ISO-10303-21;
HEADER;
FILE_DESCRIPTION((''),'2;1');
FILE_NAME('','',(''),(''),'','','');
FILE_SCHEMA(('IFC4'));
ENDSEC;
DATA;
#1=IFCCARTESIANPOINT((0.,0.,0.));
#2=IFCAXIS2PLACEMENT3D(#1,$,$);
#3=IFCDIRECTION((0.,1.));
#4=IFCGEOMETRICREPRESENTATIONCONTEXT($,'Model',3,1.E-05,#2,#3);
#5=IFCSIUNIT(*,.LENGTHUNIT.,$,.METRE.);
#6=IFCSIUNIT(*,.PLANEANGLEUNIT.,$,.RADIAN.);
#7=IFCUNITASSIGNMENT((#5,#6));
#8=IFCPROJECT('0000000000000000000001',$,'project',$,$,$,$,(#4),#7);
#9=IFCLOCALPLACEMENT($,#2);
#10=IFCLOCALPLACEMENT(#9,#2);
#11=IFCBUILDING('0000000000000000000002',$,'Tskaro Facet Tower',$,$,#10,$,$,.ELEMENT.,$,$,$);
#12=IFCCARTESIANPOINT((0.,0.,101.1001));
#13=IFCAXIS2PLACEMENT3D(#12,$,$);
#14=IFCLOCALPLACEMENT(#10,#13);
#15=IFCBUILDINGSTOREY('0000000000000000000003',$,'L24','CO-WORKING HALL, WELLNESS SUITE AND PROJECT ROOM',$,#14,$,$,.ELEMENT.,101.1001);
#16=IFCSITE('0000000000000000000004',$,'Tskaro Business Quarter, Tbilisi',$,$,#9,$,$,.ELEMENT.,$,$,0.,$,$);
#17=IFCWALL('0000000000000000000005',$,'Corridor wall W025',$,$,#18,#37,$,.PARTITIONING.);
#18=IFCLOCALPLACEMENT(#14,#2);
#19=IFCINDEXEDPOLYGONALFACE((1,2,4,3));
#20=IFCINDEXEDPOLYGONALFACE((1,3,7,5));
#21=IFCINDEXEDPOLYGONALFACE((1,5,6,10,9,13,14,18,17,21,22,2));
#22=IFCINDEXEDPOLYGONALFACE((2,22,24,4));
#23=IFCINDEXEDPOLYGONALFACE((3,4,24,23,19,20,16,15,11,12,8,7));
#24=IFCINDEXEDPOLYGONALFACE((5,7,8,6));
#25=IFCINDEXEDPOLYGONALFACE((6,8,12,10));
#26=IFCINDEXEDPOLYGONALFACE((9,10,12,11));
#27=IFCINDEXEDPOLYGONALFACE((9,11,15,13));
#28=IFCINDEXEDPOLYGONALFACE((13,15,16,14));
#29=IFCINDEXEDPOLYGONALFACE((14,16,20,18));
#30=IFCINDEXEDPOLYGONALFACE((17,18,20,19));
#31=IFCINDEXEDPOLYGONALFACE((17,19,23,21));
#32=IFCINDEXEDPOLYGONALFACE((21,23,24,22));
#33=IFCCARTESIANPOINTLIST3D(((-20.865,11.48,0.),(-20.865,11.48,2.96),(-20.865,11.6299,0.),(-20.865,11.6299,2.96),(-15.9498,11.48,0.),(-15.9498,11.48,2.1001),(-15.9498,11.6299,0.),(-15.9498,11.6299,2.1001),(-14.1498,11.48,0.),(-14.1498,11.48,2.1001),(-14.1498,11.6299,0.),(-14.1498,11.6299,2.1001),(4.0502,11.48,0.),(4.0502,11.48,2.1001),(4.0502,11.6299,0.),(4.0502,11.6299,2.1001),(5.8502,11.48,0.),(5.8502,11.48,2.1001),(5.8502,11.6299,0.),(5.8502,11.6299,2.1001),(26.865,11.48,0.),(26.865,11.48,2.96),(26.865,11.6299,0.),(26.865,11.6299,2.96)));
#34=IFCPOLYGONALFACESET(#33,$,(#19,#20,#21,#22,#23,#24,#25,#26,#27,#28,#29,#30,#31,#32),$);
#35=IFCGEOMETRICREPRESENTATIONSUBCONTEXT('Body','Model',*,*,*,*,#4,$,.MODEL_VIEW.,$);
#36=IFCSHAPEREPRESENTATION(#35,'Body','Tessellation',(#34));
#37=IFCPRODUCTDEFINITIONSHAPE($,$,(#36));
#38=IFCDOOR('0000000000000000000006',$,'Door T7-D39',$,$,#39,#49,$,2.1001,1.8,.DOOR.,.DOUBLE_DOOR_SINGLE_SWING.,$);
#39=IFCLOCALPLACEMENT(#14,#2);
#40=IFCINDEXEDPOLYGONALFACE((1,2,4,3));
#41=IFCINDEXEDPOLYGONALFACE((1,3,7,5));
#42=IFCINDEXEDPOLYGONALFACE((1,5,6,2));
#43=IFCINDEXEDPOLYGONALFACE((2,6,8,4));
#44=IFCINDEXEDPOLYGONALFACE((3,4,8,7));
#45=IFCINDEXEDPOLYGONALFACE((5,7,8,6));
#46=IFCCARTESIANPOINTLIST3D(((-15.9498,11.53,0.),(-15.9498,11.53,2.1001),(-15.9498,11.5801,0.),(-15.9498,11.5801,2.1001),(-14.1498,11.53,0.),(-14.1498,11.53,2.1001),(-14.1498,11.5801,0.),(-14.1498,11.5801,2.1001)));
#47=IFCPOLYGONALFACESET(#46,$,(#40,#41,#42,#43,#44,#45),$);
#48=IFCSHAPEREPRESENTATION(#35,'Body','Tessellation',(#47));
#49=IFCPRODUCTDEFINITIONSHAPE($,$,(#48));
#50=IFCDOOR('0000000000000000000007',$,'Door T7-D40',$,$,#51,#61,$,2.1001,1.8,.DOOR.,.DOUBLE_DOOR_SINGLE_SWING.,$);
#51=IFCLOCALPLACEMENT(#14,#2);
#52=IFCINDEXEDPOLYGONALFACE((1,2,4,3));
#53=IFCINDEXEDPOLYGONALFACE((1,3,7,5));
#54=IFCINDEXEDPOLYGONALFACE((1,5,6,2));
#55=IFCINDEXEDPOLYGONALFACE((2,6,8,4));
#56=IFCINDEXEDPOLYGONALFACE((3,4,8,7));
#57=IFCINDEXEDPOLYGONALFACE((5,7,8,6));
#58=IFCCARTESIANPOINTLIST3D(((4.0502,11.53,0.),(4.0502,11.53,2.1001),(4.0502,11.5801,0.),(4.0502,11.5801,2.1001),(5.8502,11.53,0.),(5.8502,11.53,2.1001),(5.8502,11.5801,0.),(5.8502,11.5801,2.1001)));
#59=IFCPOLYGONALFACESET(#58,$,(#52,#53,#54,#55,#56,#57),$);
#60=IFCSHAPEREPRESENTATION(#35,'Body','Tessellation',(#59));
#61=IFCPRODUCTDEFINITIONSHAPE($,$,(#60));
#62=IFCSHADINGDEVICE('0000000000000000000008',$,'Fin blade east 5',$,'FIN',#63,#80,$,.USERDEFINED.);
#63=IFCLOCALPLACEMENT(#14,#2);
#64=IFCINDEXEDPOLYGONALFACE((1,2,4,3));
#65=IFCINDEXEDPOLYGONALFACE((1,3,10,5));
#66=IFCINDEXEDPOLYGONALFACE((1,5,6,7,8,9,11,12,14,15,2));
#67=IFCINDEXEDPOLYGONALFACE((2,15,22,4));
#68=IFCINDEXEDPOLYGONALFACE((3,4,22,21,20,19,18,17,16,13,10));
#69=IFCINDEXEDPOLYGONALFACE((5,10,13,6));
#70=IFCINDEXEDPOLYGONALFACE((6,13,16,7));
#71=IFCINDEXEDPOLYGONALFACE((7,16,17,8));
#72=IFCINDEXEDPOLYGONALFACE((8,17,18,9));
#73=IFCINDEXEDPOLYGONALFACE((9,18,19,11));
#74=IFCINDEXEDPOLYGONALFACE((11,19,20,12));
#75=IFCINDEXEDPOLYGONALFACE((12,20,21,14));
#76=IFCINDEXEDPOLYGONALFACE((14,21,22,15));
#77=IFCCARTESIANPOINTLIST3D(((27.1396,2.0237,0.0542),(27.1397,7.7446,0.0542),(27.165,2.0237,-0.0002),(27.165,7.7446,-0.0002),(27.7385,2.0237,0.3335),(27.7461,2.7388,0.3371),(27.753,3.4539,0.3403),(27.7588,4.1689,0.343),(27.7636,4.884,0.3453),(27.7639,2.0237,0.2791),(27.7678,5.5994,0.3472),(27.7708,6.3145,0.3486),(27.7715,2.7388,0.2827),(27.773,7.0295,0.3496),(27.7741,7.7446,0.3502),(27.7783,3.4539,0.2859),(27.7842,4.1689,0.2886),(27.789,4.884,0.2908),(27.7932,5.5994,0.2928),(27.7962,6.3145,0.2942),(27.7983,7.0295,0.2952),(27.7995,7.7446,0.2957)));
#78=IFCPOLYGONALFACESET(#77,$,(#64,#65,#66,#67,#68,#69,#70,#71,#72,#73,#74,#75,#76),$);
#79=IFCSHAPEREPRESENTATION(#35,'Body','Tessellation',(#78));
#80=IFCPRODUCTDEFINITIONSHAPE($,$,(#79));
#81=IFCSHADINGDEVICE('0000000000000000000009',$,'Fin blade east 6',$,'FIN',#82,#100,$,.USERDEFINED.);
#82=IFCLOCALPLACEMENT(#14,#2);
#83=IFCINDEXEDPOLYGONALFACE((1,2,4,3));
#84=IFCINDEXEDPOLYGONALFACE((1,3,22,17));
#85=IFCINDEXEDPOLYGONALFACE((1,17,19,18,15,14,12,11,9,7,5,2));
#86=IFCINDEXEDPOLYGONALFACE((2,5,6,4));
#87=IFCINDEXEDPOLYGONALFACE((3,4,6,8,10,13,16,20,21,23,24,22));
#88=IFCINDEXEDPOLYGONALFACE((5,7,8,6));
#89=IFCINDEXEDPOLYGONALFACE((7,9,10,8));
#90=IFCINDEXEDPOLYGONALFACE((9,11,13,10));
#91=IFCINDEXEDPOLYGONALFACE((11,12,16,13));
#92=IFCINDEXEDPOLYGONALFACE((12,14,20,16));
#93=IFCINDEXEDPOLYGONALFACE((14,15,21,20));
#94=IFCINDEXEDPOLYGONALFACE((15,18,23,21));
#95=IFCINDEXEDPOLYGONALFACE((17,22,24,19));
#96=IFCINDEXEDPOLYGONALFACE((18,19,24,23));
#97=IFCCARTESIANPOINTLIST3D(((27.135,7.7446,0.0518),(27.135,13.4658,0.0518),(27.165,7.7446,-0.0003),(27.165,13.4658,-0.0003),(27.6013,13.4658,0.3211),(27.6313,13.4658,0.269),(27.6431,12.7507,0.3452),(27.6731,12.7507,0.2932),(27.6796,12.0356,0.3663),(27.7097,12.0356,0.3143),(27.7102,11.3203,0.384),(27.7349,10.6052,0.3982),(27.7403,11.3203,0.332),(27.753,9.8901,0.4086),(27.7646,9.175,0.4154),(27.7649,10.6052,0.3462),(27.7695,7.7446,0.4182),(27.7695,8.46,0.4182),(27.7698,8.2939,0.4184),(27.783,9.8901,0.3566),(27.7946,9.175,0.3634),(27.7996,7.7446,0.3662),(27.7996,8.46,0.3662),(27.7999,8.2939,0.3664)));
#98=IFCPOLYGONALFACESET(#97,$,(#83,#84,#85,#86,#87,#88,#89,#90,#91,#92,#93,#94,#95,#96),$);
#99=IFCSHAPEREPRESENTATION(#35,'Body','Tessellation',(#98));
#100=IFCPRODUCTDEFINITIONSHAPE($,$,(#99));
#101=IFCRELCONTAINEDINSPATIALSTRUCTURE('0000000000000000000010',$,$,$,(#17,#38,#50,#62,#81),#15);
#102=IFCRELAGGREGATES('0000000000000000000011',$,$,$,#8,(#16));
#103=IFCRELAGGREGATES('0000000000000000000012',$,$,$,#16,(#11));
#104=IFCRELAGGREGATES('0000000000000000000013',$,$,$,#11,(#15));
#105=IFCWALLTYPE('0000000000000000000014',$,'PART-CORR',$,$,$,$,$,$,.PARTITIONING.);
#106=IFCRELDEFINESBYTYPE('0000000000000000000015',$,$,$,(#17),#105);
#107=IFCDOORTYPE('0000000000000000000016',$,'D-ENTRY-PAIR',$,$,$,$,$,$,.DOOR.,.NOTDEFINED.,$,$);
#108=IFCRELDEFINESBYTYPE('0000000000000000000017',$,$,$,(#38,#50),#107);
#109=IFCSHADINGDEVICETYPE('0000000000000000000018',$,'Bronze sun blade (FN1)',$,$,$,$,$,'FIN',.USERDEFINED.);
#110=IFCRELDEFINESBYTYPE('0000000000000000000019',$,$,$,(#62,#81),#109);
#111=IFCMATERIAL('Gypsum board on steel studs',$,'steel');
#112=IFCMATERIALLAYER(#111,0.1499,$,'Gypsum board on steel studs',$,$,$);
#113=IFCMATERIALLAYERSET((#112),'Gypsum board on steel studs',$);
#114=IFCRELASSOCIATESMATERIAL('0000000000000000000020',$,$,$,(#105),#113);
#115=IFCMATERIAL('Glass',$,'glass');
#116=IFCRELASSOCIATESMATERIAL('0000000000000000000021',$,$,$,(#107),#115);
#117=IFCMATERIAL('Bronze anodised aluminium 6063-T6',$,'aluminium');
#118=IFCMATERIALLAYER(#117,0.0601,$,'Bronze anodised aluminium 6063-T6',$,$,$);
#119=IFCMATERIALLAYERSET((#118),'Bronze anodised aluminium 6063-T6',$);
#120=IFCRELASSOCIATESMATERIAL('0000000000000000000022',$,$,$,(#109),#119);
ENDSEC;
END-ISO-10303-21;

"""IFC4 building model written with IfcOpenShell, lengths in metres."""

from ifc_helpers import new_model, si_unit, direction, frame, frame_2d, origin, place, context, subcontext, project, spatial, polyline, rectangle, outline, extrude, material, layer, layer_set, type_object, element, fill, save


model = new_model("IFC4")

# Units and contexts
model_context = context("Model", 3, precision=1e-05, world=origin(), true_north=direction((0.0, 1.0)))
body_context = subcontext(model_context, "Body", "Model", "MODEL_VIEW")
ifc_project = project(units=[si_unit("LENGTHUNIT", "METRE"), si_unit("PLANEANGLEUNIT", "RADIAN")], contexts=[model_context])

# Site, building, storey
site_placement = place(None, origin())
site = spatial("IfcSite", under=ifc_project, at=site_placement, Name="Tskaro Business Quarter, Tbilisi", CompositionType="ELEMENT", RefElevation=0.0)
building_placement = place(site_placement, origin())
building = spatial("IfcBuilding", under=site, at=building_placement, Name="Tskaro Facet Tower", CompositionType="ELEMENT")
storey_placement = place(building_placement, frame((0.0, 0.0, 101.1001)))
storey = spatial("IfcBuildingStorey", under=building, at=storey_placement, Name="L24", Description="CO-WORKING HALL, WELLNESS SUITE AND PROJECT ROOM", CompositionType="ELEMENT", Elevation=101.1001)

# Shared definitions
ifc_material_1 = material(Name="Bronze anodised aluminium 6063-T6", Category="aluminium")

# Shared definitions
ifc_material_2 = material(Name="Gypsum board on steel studs", Category="steel")

# Wall, openings, doors
ifc_layer_1 = layer(ifc_material_2, 0.1499, Name="Gypsum board on steel studs")
ifc_layer_set_1 = layer_set([ifc_layer_1], Name="Gypsum board on steel studs")
wall_type_1 = type_object("IfcWallType", Name="PART-CORR", PredefinedType="PARTITIONING", material=ifc_layer_set_1)
wall_1_placement = place(storey_placement, frame((26.865, 11.5549, 0.0), z_axis=(0.0, 0.0, 1.0), x_axis=(-1.0, 0.0, 0.0)))
wall_1 = element("IfcWall", 1, at=wall_1_placement, inside=storey, type_object=wall_type_1, Name="Corridor wall W025", PredefinedType="PARTITIONING", context=body_context, shape_type="SweptSolid", body=[
    extrude(rectangle(XDim=47.73, YDim=0.1499, at=frame_2d((23.865, 0.0))), origin(), (0.0, 0.0, 1.0), 2.96),
])
opening_1_placement = place(wall_1_placement, frame((41.0149, 0.0, 0.0)))
opening_1 = element("IfcOpeningElement", 2, at=opening_1_placement, cuts=wall_1, PredefinedType="OPENING", context=body_context, shape_type="SweptSolid", body=[
    extrude(rectangle(XDim=1.8, YDim=2.1001, at=frame_2d((0.8999, 1.05))), frame((0.0, 0.085, 0.0), z_axis=(0.0, -1.0, 0.0), x_axis=(1.0, 0.0, 0.0)), (0.0, 0.0, 1.0), 0.1699),
])
opening_2_placement = place(wall_1_placement, frame((21.0149, 0.0, 0.0)))
opening_2 = element("IfcOpeningElement", 3, at=opening_2_placement, cuts=wall_1, PredefinedType="OPENING", context=body_context, shape_type="SweptSolid", body=[
    extrude(rectangle(XDim=1.8, YDim=2.1001, at=frame_2d((0.8999, 1.05))), frame((0.0, 0.085, 0.0), z_axis=(0.0, -1.0, 0.0), x_axis=(1.0, 0.0, 0.0)), (0.0, 0.0, 1.0), 0.1699),
])
ifc_material_3 = material(Name="Glass", Category="glass")
door_type_1 = type_object("IfcDoorType", Name="D-ENTRY-PAIR", OperationType="NOTDEFINED", PredefinedType="DOOR", material=ifc_material_3)
door_1_placement = place(opening_1_placement, origin())
door_1 = element("IfcDoor", 4, at=door_1_placement, inside=storey, type_object=door_type_1, Name="Door T7-D39", OperationType="DOUBLE_DOOR_SINGLE_SWING", OverallHeight=2.1001, OverallWidth=1.8, PredefinedType="DOOR", context=body_context, shape_type="SweptSolid", body=[
    extrude(rectangle(XDim=1.8, YDim=2.1001, at=frame_2d((0.8999, 1.05))), frame((0.0, 0.0249, 0.0), z_axis=(0.0, -1.0, 0.0), x_axis=(1.0, 0.0, 0.0)), (0.0, 0.0, 1.0), 0.05),
])
fill(opening_1, door_1)
door_2_placement = place(opening_2_placement, origin())
door_2 = element("IfcDoor", 5, at=door_2_placement, inside=storey, type_object=door_type_1, Name="Door T7-D40", OperationType="DOUBLE_DOOR_SINGLE_SWING", OverallHeight=2.1001, OverallWidth=1.8, PredefinedType="DOOR", context=body_context, shape_type="SweptSolid", body=[
    extrude(rectangle(XDim=1.8, YDim=2.1001, at=frame_2d((0.8999, 1.05))), frame((0.0, 0.0249, 0.0), z_axis=(0.0, -1.0, 0.0), x_axis=(1.0, 0.0, 0.0)), (0.0, 0.0, 1.0), 0.05),
])
fill(opening_2, door_2)

# Shading devices
ifc_layer_2 = layer(ifc_material_1, 0.0601, Name="Bronze anodised aluminium 6063-T6")
ifc_layer_set_2 = layer_set([ifc_layer_2], Name="Bronze anodised aluminium 6063-T6")
shading_device_type = type_object("IfcShadingDeviceType", Name="Bronze sun blade (FN1)", ElementType="FIN", PredefinedType="USERDEFINED", material=ifc_layer_set_2)
shading_device_1_placement = place(storey_placement, frame((27.1396, 2.0237, 0.0542), z_axis=(-0.422734, 0.000002, 0.906254), x_axis=(0.000001, 1.0, -0.000002)))
element("IfcShadingDevice", 6, at=shading_device_1_placement, inside=storey, type_object=shading_device_type, Name="Fin blade east 5", ObjectType="FIN", PredefinedType="USERDEFINED", context=body_context, shape_type="SweptSolid", body=[
    extrude(outline(polyline([(0.0, 0.0), (5.7209, 0.0), (5.7209, -0.7001), (5.0059, -0.6988), (4.2908, -0.6964), (3.5757, -0.6931), (2.8604, -0.6885), (2.1453, -0.6832), (1.4302, -0.6767), (0.7151, -0.6692), (0.0, -0.6608), (0.0, 0.0)])), origin(), (0.0, 0.0, -1.0), 0.0601),
])
shading_device_2_placement = place(storey_placement, frame((27.135, 7.7446, 0.0518), z_axis=(-0.500118, 0.000001, 0.865957), x_axis=(0.000001, 1.0, -0.000001)))
element("IfcShadingDevice", 7, at=shading_device_2_placement, inside=storey, type_object=shading_device_type, Name="Fin blade east 6", ObjectType="FIN", PredefinedType="USERDEFINED", context=body_context, shape_type="SweptSolid", body=[
    extrude(outline(polyline([(0.0, 0.0), (5.7212, 0.0), (5.7212, -0.5385), (5.0061, -0.5867), (4.291, -0.6289), (3.5757, -0.6643), (2.8606, -0.6927), (2.1455, -0.7136), (1.4304, -0.727), (0.7153, -0.7327), (0.5493, -0.7331), (0.0, -0.7327), (0.0, 0.0)])), origin(), (0.0, 0.0, -1.0), 0.0601),
])

save(model, "model.ifc")
